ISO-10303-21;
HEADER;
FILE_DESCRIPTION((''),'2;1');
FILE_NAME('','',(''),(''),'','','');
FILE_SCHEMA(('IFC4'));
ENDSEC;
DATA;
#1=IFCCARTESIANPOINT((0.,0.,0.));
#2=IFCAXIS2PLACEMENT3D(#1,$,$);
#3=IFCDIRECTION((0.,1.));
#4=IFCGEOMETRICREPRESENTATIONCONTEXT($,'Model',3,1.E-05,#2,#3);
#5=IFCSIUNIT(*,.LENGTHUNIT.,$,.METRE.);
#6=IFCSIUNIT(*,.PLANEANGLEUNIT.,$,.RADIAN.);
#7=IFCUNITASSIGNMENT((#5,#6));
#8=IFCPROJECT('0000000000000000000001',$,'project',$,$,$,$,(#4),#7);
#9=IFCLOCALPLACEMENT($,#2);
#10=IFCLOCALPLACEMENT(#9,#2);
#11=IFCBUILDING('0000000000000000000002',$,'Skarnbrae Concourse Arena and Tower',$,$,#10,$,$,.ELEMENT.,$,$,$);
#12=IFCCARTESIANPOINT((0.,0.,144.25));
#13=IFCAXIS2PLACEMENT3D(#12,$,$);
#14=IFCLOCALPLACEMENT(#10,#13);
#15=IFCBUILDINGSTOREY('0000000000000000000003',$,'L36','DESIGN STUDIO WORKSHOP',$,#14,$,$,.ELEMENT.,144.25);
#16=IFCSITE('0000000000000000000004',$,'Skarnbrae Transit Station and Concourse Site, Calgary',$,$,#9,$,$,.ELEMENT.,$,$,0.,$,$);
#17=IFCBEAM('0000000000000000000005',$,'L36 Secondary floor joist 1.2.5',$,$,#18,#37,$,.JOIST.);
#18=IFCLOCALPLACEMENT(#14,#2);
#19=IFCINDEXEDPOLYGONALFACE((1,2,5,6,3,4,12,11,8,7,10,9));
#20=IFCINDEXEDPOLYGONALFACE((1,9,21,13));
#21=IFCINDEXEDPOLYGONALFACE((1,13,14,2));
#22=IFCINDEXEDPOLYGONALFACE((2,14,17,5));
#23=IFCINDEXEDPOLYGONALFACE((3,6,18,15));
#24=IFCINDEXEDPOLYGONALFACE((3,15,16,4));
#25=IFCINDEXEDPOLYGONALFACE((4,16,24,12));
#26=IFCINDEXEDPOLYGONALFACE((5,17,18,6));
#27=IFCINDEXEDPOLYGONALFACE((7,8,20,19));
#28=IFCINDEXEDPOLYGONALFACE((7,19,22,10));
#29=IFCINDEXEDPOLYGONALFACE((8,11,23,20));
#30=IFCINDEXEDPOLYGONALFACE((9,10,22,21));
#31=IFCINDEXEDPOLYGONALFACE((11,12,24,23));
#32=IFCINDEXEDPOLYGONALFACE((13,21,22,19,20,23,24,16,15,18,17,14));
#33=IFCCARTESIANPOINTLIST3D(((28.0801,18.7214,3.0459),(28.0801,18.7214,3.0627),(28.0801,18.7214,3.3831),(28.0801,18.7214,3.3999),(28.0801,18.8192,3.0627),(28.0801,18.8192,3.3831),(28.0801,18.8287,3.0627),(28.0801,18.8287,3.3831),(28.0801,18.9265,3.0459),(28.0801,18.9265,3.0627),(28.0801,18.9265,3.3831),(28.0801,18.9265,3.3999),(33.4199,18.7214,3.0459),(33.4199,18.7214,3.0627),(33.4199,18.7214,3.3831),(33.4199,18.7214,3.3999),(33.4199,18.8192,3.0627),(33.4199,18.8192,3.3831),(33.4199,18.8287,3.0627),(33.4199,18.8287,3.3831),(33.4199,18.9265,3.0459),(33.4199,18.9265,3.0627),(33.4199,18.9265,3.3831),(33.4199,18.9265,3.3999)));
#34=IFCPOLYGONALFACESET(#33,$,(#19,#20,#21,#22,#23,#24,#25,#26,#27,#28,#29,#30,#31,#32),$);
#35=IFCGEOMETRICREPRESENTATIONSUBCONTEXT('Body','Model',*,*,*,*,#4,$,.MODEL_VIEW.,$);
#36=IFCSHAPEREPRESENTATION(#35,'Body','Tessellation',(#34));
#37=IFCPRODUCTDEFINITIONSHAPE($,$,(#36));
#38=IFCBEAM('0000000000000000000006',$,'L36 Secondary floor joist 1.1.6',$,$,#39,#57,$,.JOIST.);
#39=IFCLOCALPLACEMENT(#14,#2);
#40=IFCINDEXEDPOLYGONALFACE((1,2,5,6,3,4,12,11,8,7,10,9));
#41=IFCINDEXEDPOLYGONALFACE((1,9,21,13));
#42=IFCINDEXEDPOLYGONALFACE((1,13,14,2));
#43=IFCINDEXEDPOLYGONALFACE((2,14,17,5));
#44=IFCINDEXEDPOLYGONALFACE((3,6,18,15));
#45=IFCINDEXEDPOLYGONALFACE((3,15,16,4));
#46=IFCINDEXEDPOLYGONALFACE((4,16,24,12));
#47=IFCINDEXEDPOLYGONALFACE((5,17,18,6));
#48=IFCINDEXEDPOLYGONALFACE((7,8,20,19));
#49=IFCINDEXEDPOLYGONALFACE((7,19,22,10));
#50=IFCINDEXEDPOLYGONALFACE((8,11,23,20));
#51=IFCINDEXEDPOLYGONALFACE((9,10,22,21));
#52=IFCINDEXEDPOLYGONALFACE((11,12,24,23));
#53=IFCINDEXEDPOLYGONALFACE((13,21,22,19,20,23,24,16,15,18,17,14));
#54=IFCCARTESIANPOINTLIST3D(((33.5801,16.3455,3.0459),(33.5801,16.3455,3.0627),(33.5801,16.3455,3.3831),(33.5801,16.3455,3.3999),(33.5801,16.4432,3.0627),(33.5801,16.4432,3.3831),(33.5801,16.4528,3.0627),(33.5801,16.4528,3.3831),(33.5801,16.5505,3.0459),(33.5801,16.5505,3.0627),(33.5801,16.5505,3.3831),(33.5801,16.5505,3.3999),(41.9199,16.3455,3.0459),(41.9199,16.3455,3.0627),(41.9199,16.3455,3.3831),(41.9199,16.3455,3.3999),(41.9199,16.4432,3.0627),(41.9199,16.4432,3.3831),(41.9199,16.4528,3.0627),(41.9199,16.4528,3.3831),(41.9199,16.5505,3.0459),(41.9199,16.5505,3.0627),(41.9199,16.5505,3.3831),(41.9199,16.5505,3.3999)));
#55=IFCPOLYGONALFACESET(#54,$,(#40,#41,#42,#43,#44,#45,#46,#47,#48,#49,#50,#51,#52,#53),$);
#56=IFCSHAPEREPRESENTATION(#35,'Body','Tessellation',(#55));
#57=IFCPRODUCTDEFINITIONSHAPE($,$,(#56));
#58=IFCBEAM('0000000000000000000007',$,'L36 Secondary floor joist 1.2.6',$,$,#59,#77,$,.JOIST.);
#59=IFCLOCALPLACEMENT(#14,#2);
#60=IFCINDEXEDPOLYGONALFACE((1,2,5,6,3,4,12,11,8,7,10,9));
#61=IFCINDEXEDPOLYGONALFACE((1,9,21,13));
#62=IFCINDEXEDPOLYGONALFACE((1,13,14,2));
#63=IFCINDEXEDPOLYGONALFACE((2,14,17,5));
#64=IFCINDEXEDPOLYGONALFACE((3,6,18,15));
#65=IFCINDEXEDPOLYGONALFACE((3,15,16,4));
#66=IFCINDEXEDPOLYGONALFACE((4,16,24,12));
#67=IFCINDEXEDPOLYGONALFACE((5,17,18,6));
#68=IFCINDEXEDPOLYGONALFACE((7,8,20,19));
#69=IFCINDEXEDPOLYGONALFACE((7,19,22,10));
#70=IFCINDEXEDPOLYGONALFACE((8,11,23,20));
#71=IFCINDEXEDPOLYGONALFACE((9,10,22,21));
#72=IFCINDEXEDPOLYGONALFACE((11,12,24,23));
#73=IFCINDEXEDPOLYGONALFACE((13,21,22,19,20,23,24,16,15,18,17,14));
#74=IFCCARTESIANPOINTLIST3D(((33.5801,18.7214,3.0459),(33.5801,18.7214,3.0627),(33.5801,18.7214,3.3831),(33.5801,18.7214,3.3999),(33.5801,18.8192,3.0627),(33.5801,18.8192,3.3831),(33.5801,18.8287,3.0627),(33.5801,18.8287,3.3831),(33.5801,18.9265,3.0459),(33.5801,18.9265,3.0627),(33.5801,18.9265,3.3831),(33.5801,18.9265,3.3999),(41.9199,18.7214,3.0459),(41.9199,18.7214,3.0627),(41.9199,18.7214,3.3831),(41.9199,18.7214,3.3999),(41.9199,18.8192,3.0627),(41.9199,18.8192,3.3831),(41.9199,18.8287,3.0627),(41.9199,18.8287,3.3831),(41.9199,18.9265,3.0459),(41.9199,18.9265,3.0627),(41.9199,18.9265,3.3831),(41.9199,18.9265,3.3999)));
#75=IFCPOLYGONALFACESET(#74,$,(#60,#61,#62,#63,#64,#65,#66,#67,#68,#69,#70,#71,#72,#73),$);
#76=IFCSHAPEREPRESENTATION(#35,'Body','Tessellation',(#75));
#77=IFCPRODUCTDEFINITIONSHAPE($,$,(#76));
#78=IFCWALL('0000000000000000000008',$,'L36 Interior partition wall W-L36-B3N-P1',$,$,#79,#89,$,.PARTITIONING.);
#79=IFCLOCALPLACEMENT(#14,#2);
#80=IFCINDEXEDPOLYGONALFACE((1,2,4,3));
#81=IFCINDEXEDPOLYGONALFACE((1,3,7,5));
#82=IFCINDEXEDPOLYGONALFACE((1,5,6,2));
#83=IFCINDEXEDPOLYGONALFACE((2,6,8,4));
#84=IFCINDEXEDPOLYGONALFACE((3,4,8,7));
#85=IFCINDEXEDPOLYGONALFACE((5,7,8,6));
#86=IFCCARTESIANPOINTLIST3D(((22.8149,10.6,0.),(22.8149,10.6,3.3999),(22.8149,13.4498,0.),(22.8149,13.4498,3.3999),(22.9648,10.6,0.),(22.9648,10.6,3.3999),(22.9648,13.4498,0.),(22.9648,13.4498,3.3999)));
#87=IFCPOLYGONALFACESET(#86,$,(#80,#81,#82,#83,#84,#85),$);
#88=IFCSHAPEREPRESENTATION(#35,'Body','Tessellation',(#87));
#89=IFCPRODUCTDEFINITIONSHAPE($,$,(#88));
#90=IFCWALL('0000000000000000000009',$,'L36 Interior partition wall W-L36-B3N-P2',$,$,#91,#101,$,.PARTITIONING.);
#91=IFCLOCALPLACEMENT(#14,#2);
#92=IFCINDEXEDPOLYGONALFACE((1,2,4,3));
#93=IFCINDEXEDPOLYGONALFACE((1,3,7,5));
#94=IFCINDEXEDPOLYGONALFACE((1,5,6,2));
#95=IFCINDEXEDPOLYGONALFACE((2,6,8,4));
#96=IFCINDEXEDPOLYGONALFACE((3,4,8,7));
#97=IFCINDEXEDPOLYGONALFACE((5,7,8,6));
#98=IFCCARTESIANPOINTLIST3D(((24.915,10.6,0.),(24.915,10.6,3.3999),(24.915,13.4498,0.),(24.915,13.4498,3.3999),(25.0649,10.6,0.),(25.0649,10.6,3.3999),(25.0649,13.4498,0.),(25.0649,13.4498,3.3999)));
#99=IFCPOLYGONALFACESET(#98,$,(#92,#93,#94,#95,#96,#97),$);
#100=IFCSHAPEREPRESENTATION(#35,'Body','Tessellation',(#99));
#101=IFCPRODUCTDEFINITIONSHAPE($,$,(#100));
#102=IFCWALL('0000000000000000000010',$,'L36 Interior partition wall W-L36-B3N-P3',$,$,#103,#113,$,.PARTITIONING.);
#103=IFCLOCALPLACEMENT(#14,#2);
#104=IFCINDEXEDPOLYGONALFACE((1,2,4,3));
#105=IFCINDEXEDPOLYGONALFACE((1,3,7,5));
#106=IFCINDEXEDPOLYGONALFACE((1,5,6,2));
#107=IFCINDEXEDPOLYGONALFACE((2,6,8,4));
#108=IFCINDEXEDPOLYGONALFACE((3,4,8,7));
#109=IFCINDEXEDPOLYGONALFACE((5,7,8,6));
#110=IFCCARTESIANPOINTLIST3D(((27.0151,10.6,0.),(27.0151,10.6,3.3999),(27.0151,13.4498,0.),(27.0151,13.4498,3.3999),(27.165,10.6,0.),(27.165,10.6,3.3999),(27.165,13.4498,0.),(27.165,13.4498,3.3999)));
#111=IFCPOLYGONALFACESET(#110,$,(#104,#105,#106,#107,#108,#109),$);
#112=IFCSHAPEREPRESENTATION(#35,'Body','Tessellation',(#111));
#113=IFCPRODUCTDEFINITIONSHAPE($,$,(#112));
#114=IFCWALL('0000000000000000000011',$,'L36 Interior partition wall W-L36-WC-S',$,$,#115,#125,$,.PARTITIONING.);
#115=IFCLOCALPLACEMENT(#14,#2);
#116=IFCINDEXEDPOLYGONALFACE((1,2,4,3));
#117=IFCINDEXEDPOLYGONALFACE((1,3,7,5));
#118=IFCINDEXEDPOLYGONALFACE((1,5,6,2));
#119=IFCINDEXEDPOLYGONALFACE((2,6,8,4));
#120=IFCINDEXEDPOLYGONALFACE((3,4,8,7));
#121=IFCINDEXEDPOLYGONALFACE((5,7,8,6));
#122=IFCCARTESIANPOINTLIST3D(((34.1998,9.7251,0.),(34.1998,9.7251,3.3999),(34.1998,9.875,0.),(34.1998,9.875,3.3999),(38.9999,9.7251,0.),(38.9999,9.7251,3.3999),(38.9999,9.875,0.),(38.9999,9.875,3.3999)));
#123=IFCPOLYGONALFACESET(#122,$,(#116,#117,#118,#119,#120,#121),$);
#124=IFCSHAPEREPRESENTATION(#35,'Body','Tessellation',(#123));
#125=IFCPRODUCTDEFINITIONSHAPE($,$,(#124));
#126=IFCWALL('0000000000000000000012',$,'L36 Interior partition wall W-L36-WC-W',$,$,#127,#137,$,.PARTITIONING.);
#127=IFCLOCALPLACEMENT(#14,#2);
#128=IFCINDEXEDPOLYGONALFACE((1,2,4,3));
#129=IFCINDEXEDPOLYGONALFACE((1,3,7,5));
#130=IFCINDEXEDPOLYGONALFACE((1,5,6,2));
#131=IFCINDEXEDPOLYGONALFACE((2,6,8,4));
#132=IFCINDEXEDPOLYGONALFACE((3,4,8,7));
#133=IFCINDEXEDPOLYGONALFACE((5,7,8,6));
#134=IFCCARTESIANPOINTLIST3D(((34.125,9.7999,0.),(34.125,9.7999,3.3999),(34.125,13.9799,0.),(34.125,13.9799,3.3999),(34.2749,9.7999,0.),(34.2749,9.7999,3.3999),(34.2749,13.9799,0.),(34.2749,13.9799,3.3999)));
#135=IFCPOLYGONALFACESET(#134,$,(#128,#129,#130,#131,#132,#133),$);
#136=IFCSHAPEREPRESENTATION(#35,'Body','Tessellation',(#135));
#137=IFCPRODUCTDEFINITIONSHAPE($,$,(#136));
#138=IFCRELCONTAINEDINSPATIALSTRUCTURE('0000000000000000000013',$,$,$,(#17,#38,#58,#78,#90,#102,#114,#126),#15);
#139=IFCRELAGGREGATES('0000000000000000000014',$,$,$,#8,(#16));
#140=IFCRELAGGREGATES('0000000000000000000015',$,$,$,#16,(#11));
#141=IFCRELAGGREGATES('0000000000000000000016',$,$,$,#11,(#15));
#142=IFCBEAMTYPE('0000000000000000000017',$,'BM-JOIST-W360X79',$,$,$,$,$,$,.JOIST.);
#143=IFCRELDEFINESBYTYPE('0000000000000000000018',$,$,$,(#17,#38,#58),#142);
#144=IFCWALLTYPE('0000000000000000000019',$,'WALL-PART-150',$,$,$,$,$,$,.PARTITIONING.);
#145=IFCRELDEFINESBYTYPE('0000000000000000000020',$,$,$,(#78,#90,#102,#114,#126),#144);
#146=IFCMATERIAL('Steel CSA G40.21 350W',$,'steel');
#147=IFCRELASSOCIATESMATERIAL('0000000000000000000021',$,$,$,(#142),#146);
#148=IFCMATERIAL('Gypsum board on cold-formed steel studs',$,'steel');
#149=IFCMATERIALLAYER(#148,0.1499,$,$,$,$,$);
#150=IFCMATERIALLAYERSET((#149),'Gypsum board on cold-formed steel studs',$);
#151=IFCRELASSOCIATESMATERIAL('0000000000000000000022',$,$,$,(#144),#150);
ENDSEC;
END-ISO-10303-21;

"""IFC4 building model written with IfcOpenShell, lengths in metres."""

from ifc_helpers import new_model, si_unit, direction, frame, frame_2d, origin, origin_2d, place, context, subcontext, project, spatial, rectangle, i_section, extrude, source, transform, mapped, material, layer, layer_set, material_profile, profile_set, type_object, element, save


model = new_model("IFC4")

# Units and contexts
model_context = context("Model", 3, precision=1e-05, world=origin(), true_north=direction((0.0, 1.0)))
body_context = subcontext(model_context, "Body", "Model", "MODEL_VIEW")
ifc_project = project(units=[si_unit("LENGTHUNIT", "METRE"), si_unit("PLANEANGLEUNIT", "RADIAN")], contexts=[model_context])

# Site, building, storey
site_placement = place(None, origin())
site = spatial("IfcSite", under=ifc_project, at=site_placement, Name="Skarnbrae Transit Station and Concourse Site, Calgary", CompositionType="ELEMENT", RefElevation=0.0)
building_placement = place(site_placement, origin())
building = spatial("IfcBuilding", under=site, at=building_placement, Name="Skarnbrae Concourse Arena and Tower", CompositionType="ELEMENT")
storey_placement = place(building_placement, frame((0.0, 0.0, 144.25)))
storey = spatial("IfcBuildingStorey", under=building, at=storey_placement, Name="L36", Description="DESIGN STUDIO WORKSHOP", CompositionType="ELEMENT", Elevation=144.25)

# Shared definitions
ifc_material_1 = material(Name="Steel CSA G40.21 350W", Category="steel")

# Beams
ifc_material_profile_1 = material_profile(ifc_material_1, i_section(OverallWidth=0.2051, OverallDepth=0.354, WebThickness=0.0095, FlangeThickness=0.0168, at=origin_2d()), Name="W360X79")
ifc_profile_set_1 = profile_set([ifc_material_profile_1], Name="Steel CSA G40.21 350W")
beam_type_1 = type_object("IfcBeamType", Name="BM-JOIST-W360X79", PredefinedType="JOIST", material=ifc_profile_set_1)
shared_shape_1 = source(origin(), body_context, "Body", "SweptSolid", [
    extrude(i_section(OverallWidth=0.2051, OverallDepth=0.354, WebThickness=0.0095, FlangeThickness=0.0168, at=origin_2d()), origin(), (0.0, 0.0, 1.0), 5.3398),
])
for number, where, z_axis, x_axis, name in (
    (1, (28.0801, 18.824, 3.2229), (1.0, 0.0, 0.0), (0.0, 1.0, 0.0), "L36 Secondary floor joist 1.2.5"),
):
    element("IfcBeam", number, at=place(storey_placement, frame(where, z_axis=z_axis, x_axis=x_axis)), inside=storey, type_object=beam_type_1, Name=name, PredefinedType="JOIST", context=body_context, shape_type="MappedRepresentation", body=[
        mapped(shared_shape_1, transform((0.0, 0.0, 0.0))),
    ])
shared_shape_2 = source(origin(), body_context, "Body", "SweptSolid", [
    extrude(i_section(OverallWidth=0.2051, OverallDepth=0.354, WebThickness=0.0095, FlangeThickness=0.0168, at=origin_2d()), origin(), (0.0, 0.0, 1.0), 8.3398),
])
for number, where, z_axis, x_axis, name in (
    (2, (33.5801, 16.448, 3.2229), (1.0, 0.0, 0.0), (0.0, 1.0, 0.0), "L36 Secondary floor joist 1.1.6"),
    (3, (33.5801, 18.824, 3.2229), (1.0, 0.0, 0.0), (0.0, 1.0, 0.0), "L36 Secondary floor joist 1.2.6"),
):
    element("IfcBeam", number, at=place(storey_placement, frame(where, z_axis=z_axis, x_axis=x_axis)), inside=storey, type_object=beam_type_1, Name=name, PredefinedType="JOIST", context=body_context, shape_type="MappedRepresentation", body=[
        mapped(shared_shape_2, transform((0.0, 0.0, 0.0))),
    ])

# Walls
ifc_material_2 = material(Name="Gypsum board on cold-formed steel studs", Category="steel")
ifc_layer_1 = layer(ifc_material_2, 0.1499)
ifc_layer_set_1 = layer_set([ifc_layer_1], Name="Gypsum board on cold-formed steel studs")
wall_type_1 = type_object("IfcWallType", Name="WALL-PART-150", PredefinedType="PARTITIONING", material=ifc_layer_set_1)
shared_shape_3 = source(origin(), body_context, "Body", "SweptSolid", [
    extrude(rectangle(XDim=2.8499, YDim=0.1499, at=frame_2d((1.4248, 0.0))), origin(), (0.0, 0.0, 1.0), 3.3999),
])
for number, where, z_axis, x_axis, name in (
    (4, (22.8899, 10.6001, 0.0), (0.0, 0.0, 1.0), (0.0, 1.0, 0.0), "L36 Interior partition wall W-L36-B3N-P1"),
    (5, (24.99, 10.6001, 0.0), (0.0, 0.0, 1.0), (0.0, 1.0, 0.0), "L36 Interior partition wall W-L36-B3N-P2"),
    (6, (27.0901, 10.6001, 0.0), (0.0, 0.0, 1.0), (0.0, 1.0, 0.0), "L36 Interior partition wall W-L36-B3N-P3"),
):
    element("IfcWall", number, at=place(storey_placement, frame(where, z_axis=z_axis, x_axis=x_axis)), inside=storey, type_object=wall_type_1, Name=name, PredefinedType="PARTITIONING", context=body_context, shape_type="MappedRepresentation", body=[
        mapped(shared_shape_3, transform((0.0, 0.0, 0.0))),
    ])
shared_shape_4 = source(origin(), body_context, "Body", "SweptSolid", [
    extrude(rectangle(XDim=4.8, YDim=0.1499, at=frame_2d((2.3999, 0.0))), origin(), (0.0, 0.0, 1.0), 3.3999),
])
wall_1_placement = place(storey_placement, frame((34.2, 9.8, 0.0), z_axis=(0.0, 0.0, 1.0), x_axis=(1.0, 0.0, 0.0)))
element("IfcWall", 7, at=wall_1_placement, inside=storey, type_object=wall_type_1, Name="L36 Interior partition wall W-L36-WC-S", PredefinedType="PARTITIONING", context=body_context, shape_type="MappedRepresentation", body=[
    mapped(shared_shape_4, transform((0.0, 0.0, 0.0))),
])
shared_shape_5 = source(origin(), body_context, "Body", "SweptSolid", [
    extrude(rectangle(XDim=4.1799, YDim=0.1499, at=frame_2d((2.0898, 0.0))), origin(), (0.0, 0.0, 1.0), 3.3999),
])
wall_2_placement = place(storey_placement, frame((34.2, 9.8, 0.0), z_axis=(0.0, 0.0, 1.0), x_axis=(0.0, 1.0, 0.0)))
element("IfcWall", 8, at=wall_2_placement, inside=storey, type_object=wall_type_1, Name="L36 Interior partition wall W-L36-WC-W", PredefinedType="PARTITIONING", context=body_context, shape_type="MappedRepresentation", body=[
    mapped(shared_shape_5, transform((0.0, 0.0, 0.0))),
])

save(model, "model.ifc")
